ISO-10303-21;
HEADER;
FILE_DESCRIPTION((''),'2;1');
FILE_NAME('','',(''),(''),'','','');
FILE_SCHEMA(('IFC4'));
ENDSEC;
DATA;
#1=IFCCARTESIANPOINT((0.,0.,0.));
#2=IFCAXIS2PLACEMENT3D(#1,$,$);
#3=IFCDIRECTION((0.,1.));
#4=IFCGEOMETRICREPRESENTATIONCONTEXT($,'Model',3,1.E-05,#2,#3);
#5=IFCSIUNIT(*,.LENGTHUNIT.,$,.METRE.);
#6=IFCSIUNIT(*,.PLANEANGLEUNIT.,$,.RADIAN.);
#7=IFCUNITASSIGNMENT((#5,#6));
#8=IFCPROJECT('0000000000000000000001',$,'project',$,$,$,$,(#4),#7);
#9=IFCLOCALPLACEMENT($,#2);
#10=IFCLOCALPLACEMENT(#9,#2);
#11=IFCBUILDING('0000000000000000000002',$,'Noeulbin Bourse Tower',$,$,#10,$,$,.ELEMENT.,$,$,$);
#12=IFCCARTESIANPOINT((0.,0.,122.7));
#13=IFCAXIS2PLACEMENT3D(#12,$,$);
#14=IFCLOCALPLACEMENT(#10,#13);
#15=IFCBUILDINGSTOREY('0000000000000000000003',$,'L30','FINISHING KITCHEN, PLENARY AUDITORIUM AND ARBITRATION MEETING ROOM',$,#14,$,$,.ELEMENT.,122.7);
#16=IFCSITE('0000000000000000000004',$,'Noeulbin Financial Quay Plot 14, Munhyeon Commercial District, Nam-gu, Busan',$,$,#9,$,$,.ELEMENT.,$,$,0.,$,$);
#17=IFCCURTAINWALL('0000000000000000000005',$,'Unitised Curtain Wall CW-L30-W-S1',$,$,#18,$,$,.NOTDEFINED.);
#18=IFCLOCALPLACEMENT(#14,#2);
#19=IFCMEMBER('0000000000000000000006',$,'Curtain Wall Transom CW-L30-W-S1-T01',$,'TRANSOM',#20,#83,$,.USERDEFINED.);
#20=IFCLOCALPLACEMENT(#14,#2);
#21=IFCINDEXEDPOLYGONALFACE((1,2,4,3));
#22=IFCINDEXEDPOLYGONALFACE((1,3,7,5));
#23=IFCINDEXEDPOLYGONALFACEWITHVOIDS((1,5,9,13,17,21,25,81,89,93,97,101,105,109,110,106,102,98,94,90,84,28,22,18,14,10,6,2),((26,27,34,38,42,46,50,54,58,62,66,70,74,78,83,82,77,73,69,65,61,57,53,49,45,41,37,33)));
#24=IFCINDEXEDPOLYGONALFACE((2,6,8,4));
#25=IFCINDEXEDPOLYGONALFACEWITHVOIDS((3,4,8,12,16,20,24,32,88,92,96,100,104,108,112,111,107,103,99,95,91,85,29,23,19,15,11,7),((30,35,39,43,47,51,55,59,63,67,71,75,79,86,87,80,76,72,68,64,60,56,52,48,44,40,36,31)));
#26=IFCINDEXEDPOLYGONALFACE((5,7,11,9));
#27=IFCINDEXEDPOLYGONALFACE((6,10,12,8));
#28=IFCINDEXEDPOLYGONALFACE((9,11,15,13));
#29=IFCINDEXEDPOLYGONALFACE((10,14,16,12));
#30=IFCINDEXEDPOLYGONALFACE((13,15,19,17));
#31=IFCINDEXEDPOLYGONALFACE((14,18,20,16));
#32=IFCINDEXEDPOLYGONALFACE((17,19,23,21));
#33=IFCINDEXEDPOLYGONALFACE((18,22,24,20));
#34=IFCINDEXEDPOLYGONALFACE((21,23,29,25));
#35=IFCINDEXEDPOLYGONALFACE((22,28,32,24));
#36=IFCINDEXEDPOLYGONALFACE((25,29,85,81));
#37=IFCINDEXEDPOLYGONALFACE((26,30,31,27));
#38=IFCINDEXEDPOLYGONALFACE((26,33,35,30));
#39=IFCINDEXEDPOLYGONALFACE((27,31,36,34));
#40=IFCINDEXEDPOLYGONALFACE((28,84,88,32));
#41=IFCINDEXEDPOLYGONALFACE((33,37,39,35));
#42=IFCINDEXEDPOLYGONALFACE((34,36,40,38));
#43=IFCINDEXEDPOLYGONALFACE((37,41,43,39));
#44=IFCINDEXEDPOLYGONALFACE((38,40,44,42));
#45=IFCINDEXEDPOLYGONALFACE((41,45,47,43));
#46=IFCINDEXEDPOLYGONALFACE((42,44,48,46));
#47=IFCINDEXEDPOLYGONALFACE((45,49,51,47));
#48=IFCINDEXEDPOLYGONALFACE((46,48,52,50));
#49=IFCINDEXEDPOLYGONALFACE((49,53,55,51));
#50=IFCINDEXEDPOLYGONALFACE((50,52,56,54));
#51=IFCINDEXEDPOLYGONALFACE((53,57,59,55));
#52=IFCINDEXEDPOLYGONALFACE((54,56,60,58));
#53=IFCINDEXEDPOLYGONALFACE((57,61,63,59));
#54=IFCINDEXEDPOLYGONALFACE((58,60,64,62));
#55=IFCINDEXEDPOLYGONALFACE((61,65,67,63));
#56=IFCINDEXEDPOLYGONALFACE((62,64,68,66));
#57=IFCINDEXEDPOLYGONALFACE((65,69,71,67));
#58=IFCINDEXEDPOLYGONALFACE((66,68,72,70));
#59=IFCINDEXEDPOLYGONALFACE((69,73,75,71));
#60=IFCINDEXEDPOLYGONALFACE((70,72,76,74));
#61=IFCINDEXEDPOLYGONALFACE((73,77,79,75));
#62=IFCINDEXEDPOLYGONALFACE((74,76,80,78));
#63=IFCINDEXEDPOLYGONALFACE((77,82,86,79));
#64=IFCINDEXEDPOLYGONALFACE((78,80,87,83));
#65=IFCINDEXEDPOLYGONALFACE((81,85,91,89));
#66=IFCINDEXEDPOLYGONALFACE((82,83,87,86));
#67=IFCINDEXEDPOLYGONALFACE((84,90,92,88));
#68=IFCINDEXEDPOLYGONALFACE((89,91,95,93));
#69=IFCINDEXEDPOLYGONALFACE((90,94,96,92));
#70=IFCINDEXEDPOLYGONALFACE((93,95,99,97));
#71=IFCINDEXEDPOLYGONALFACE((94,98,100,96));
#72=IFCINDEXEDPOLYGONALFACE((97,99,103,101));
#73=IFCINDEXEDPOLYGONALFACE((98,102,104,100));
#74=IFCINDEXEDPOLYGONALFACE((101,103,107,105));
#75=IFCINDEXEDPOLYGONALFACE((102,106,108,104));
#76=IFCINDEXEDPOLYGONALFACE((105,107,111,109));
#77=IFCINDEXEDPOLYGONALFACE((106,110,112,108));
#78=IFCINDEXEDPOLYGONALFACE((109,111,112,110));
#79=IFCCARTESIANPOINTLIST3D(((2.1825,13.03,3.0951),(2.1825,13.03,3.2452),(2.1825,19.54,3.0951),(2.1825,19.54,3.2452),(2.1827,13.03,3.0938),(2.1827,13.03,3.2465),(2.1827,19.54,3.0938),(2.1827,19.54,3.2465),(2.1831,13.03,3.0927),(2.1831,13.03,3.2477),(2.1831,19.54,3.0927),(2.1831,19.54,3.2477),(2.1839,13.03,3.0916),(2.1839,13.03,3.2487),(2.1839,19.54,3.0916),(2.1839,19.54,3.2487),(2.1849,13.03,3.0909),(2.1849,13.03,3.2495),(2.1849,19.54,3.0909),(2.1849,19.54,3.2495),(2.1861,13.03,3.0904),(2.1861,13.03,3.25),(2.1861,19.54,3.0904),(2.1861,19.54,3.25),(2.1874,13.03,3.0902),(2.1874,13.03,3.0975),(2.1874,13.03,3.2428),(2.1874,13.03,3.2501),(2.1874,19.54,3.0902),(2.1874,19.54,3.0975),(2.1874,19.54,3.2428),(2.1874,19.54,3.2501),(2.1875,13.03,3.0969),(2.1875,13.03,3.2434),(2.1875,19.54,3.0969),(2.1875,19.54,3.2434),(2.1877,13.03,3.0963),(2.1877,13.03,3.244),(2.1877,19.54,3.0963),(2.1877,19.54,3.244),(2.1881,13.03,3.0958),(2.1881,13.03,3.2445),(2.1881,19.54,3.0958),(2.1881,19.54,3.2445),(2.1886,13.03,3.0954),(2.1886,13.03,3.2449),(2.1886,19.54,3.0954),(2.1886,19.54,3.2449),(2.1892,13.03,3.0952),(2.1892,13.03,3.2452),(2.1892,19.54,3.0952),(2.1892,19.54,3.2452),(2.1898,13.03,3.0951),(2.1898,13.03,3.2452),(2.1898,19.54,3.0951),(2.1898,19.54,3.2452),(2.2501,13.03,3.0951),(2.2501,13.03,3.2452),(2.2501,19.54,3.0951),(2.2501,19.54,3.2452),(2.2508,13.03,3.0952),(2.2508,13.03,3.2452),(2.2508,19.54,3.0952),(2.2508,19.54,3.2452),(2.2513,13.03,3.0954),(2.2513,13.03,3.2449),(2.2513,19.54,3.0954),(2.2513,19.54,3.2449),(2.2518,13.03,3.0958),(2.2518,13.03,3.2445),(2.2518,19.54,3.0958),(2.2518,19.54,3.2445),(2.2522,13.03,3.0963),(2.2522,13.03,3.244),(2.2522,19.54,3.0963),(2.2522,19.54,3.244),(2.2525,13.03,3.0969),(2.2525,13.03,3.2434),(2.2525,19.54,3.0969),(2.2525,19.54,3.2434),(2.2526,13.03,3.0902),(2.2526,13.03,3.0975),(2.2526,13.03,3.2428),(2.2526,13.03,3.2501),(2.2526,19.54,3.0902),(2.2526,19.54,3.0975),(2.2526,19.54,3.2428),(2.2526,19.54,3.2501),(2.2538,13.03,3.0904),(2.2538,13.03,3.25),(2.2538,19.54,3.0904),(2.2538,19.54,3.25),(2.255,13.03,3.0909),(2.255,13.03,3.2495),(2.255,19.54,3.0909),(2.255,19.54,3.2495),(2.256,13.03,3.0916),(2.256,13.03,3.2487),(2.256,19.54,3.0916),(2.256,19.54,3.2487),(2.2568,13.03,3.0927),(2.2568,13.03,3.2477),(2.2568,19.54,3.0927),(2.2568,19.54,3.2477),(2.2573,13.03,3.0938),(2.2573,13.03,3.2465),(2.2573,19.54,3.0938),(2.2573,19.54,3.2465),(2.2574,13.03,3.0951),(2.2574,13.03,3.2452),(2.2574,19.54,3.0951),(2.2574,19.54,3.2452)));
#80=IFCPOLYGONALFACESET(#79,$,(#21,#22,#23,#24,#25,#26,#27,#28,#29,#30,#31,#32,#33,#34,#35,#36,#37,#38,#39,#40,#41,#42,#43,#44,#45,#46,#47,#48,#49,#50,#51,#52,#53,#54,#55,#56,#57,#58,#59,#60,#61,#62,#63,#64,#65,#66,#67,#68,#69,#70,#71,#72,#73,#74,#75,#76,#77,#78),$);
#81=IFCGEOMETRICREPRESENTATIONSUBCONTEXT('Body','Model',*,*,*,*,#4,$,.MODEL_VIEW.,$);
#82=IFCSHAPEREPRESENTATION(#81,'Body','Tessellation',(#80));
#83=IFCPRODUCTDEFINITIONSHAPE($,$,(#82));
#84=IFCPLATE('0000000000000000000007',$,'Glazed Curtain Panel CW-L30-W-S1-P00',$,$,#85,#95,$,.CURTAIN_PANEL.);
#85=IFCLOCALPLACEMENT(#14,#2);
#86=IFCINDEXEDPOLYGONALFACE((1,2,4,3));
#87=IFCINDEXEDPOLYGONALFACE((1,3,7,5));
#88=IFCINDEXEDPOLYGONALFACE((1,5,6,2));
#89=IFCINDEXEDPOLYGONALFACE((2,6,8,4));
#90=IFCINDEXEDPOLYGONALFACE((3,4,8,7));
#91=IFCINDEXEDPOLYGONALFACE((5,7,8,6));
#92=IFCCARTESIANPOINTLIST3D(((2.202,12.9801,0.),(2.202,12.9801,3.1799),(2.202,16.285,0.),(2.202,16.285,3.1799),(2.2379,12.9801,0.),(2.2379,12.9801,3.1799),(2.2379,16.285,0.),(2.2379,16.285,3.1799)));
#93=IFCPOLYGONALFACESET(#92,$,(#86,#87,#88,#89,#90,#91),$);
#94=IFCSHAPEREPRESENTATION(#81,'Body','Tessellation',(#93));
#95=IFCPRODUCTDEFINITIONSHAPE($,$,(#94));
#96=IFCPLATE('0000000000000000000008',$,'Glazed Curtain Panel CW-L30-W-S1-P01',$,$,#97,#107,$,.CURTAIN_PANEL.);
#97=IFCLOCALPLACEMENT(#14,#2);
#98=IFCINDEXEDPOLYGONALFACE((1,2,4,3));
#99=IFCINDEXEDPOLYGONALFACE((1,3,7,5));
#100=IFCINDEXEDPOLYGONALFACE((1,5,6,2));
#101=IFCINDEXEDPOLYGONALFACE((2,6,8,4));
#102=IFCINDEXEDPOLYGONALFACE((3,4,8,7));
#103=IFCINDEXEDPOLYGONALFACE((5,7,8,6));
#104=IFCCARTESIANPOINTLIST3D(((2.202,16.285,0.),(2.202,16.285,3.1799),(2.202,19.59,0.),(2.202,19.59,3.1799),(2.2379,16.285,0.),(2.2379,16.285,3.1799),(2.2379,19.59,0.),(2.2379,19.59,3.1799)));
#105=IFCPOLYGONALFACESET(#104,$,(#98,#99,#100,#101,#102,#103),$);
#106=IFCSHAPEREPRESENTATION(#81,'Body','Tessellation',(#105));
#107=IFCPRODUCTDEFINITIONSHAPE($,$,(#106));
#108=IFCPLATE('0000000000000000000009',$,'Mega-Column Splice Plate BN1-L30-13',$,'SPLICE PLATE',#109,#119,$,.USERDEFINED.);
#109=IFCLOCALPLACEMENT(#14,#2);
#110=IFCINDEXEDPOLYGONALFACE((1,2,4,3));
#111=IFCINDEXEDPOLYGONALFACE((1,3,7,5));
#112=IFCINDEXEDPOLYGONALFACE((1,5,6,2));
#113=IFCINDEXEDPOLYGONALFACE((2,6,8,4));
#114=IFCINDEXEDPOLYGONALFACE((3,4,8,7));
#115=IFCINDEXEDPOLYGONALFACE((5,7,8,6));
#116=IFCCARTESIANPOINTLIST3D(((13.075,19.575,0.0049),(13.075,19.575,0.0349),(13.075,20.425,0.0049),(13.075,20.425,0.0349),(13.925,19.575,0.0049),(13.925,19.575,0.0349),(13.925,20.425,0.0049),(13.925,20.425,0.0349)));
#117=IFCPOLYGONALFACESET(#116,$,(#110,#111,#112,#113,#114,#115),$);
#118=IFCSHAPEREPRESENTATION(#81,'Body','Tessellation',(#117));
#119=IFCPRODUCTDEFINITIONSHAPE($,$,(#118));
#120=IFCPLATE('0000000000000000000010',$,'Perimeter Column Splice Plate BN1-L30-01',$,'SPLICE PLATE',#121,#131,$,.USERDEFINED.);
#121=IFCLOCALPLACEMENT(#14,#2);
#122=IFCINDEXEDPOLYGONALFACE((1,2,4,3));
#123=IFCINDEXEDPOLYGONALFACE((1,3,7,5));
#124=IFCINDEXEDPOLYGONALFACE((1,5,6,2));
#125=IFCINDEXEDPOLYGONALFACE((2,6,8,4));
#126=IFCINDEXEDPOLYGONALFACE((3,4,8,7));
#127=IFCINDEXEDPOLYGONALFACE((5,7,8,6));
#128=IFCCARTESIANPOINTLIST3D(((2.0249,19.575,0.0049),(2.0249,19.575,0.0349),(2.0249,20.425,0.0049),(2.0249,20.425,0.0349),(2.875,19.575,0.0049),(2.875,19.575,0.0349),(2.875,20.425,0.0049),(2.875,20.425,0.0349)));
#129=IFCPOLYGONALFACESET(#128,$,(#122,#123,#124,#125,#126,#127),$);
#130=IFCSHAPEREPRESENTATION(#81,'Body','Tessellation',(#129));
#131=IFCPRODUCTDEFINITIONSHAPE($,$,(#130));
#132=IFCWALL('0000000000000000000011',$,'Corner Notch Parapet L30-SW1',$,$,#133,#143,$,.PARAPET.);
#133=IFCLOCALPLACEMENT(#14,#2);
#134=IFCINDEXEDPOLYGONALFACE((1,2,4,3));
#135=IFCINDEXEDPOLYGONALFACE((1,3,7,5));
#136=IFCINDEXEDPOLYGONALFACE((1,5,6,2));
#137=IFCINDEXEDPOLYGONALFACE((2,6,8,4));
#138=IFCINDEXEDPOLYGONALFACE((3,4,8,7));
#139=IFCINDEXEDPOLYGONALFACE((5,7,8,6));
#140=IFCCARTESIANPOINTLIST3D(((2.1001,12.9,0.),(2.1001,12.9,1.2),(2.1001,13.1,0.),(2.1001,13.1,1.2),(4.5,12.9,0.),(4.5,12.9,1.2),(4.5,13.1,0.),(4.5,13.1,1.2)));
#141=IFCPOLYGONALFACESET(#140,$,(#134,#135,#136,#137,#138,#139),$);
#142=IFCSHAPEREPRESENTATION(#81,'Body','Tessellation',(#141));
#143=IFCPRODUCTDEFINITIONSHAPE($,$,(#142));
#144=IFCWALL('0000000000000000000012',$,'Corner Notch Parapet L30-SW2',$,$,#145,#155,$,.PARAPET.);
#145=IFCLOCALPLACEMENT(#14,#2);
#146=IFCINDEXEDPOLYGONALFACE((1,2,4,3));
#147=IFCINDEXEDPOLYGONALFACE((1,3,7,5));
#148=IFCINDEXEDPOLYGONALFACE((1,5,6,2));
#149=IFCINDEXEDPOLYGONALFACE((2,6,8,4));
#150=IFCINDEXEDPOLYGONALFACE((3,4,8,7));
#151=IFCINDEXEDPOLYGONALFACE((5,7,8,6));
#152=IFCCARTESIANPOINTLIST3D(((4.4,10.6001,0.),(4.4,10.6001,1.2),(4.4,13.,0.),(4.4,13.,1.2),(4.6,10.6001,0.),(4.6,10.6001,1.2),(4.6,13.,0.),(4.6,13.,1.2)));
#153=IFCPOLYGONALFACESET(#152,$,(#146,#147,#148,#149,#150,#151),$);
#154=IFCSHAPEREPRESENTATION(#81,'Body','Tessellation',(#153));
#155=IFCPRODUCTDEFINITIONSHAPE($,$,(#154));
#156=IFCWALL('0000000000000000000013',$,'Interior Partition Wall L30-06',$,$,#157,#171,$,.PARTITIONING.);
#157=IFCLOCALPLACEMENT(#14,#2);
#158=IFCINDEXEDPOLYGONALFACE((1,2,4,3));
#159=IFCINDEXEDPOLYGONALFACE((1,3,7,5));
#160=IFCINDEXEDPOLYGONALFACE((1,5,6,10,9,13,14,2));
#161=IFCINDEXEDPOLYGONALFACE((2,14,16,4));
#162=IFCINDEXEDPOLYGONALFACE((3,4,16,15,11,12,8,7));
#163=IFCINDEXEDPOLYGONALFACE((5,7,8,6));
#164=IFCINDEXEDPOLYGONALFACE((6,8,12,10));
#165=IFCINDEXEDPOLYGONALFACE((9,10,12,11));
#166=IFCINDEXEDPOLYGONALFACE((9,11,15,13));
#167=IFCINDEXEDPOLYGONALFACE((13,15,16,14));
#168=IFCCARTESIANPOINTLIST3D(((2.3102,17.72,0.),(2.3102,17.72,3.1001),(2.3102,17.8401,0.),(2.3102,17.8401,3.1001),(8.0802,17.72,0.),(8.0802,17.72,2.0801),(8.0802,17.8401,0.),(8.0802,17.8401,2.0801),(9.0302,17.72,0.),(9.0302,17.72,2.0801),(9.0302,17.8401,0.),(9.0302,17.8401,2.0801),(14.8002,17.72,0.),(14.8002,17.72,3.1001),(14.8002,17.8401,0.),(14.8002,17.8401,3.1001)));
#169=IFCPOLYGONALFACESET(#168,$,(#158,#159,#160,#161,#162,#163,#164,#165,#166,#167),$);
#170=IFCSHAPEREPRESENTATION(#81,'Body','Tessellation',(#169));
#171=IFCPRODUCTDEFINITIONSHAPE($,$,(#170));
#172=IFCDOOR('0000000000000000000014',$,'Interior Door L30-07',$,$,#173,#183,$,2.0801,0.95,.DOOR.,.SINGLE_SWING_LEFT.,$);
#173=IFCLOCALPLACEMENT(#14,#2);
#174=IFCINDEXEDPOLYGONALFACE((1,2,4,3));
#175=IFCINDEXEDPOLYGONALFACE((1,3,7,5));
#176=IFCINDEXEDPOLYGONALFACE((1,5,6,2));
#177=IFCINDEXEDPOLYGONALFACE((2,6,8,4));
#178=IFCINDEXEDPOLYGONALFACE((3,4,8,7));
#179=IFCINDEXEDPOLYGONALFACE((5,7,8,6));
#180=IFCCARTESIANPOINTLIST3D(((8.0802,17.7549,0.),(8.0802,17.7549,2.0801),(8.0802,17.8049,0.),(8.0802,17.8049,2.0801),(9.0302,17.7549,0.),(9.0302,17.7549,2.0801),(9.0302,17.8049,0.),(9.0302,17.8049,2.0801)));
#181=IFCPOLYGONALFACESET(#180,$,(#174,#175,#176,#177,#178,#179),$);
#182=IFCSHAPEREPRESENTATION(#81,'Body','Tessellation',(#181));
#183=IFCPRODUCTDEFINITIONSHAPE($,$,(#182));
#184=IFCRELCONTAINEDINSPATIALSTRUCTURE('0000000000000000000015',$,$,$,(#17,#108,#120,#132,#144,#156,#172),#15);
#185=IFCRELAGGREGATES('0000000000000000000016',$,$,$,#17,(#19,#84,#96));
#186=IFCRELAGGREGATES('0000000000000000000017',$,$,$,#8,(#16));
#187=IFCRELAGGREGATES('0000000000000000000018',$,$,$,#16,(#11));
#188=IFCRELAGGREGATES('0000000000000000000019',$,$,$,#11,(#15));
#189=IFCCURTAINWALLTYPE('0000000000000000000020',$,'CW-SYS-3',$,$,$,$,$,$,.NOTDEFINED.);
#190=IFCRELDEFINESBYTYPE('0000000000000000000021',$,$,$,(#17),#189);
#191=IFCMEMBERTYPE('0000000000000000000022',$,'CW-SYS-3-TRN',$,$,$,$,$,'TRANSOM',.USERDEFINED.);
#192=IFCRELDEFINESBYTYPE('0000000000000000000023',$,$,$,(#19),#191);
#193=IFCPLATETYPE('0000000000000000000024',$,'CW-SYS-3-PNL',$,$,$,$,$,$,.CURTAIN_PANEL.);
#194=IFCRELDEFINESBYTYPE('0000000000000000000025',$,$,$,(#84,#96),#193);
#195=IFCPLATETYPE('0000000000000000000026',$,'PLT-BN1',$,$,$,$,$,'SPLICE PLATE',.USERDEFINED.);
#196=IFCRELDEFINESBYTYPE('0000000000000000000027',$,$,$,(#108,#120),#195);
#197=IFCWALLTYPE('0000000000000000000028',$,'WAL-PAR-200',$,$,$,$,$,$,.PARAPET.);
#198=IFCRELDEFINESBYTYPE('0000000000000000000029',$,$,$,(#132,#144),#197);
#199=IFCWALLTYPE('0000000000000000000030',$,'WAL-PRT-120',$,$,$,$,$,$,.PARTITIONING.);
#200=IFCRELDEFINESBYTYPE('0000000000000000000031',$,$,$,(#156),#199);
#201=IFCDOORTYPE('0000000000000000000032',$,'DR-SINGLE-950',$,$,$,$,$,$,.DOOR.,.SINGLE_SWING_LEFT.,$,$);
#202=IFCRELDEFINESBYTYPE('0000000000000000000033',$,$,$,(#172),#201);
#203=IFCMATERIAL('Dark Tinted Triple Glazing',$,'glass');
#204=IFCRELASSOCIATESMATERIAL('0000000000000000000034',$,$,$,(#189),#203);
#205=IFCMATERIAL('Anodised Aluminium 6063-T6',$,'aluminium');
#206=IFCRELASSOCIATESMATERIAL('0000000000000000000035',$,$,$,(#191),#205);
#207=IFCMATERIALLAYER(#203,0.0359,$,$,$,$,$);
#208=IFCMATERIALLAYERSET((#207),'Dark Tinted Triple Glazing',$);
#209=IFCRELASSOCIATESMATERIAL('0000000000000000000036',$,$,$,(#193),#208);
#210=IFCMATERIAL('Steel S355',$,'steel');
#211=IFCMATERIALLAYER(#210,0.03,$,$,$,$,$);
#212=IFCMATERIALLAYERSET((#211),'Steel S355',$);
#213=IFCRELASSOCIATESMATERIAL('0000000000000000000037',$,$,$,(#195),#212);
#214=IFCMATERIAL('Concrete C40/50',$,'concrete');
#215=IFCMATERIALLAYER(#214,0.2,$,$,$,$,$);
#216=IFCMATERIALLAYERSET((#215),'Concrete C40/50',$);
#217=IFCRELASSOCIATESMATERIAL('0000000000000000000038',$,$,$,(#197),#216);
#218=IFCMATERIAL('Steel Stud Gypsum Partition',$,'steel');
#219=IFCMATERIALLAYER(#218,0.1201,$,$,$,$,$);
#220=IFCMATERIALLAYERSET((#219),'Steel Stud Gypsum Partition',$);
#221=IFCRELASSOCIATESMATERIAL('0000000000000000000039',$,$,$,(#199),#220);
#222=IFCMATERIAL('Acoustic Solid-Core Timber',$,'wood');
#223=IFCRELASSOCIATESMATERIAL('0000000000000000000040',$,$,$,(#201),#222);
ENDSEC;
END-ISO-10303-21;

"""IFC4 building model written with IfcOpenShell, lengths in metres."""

from ifc_helpers import new_model, si_unit, direction, frame, frame_2d, origin, origin_2d, place, context, subcontext, project, spatial, rectangle, hollow_rectangle, extrude, material, layer, layer_set, material_profile, profile_set, type_object, element, fill, aggregate, save


model = new_model("IFC4")

# Units and contexts
model_context = context("Model", 3, precision=1e-05, world=origin(), true_north=direction((0.0, 1.0)))
body_context = subcontext(model_context, "Body", "Model", "MODEL_VIEW")
ifc_project = project(units=[si_unit("LENGTHUNIT", "METRE"), si_unit("PLANEANGLEUNIT", "RADIAN")], contexts=[model_context])

# Site, building, storey
site_placement = place(None, origin())
site = spatial("IfcSite", under=ifc_project, at=site_placement, Name="Noeulbin Financial Quay Plot 14, Munhyeon Commercial District, Nam-gu, Busan", CompositionType="ELEMENT", RefElevation=0.0)
building_placement = place(site_placement, origin())
building = spatial("IfcBuilding", under=site, at=building_placement, Name="Noeulbin Bourse Tower", CompositionType="ELEMENT")
storey_placement = place(building_placement, frame((0.0, 0.0, 122.7)))
storey = spatial("IfcBuildingStorey", under=building, at=storey_placement, Name="L30", Description="FINISHING KITCHEN, PLENARY AUDITORIUM AND ARBITRATION MEETING ROOM", CompositionType="ELEMENT", Elevation=122.7)

# Shared definitions
ifc_material_1 = material(Name="Steel S355", Category="steel")

# Curtain wall, member, plates
ifc_material_2 = material(Name="Dark Tinted Triple Glazing", Category="glass")
curtain_wall_type = type_object("IfcCurtainWallType", Name="CW-SYS-3", PredefinedType="NOTDEFINED", material=ifc_material_2)
curtain_wall_placement = place(storey_placement, origin())
curtain_wall = element("IfcCurtainWall", 1, at=curtain_wall_placement, inside=storey, type_object=curtain_wall_type, Name="Unitised Curtain Wall CW-L30-W-S1", PredefinedType="NOTDEFINED")
ifc_material_3 = material(Name="Anodised Aluminium 6063-T6", Category="aluminium")
ifc_material_profile_1 = material_profile(ifc_material_3, hollow_rectangle(XDim=0.075, YDim=0.1599, WallThickness=0.0049, InnerFilletRadius=0.0024, OuterFilletRadius=0.0049, at=origin_2d()), Name="ALU-TRAN-75x160x5", Category="LoadBearing")
ifc_profile_set_1 = profile_set([ifc_material_profile_1], Name="Anodised Aluminium 6063-T6")
member_type_1 = type_object("IfcMemberType", Name="CW-SYS-3-TRN", ElementType="TRANSOM", PredefinedType="USERDEFINED", material=ifc_profile_set_1)
member_1_placement = place(storey_placement, frame((2.22, 13.03, 3.1702), z_axis=(0.0, 1.0, 0.0), x_axis=(-1.0, 0.0, 0.0)))
member_1 = element("IfcMember", 2, at=member_1_placement, type_object=member_type_1, Name="Curtain Wall Transom CW-L30-W-S1-T01", ObjectType="TRANSOM", PredefinedType="USERDEFINED", context=body_context, shape_type="SweptSolid", body=[
    extrude(hollow_rectangle(XDim=0.075, YDim=0.1599, WallThickness=0.0049, InnerFilletRadius=0.0024, OuterFilletRadius=0.0049, at=origin_2d()), origin(), (0.0, 0.0, 1.0), 6.51),
])
ifc_layer_1 = layer(ifc_material_2, 0.0359)
ifc_layer_set_1 = layer_set([ifc_layer_1], Name="Dark Tinted Triple Glazing")
plate_type_1 = type_object("IfcPlateType", Name="CW-SYS-3-PNL", PredefinedType="CURTAIN_PANEL", material=ifc_layer_set_1)
plate_1_placement = place(storey_placement, frame((2.22, 14.6326, 0.0), z_axis=(0.0, 0.0, 1.0), x_axis=(0.0, 1.0, 0.0)))
plate_1 = element("IfcPlate", 3, at=plate_1_placement, type_object=plate_type_1, Name="Glazed Curtain Panel CW-L30-W-S1-P00", PredefinedType="CURTAIN_PANEL", context=body_context, shape_type="SweptSolid", body=[
    extrude(rectangle(XDim=3.3049, YDim=0.0359, at=origin_2d()), origin(), (0.0, 0.0, 1.0), 3.1799),
])
plate_2_placement = place(storey_placement, frame((2.22, 17.9375, 0.0), z_axis=(0.0, 0.0, 1.0), x_axis=(0.0, 1.0, 0.0)))
plate_2 = element("IfcPlate", 4, at=plate_2_placement, type_object=plate_type_1, Name="Glazed Curtain Panel CW-L30-W-S1-P01", PredefinedType="CURTAIN_PANEL", context=body_context, shape_type="SweptSolid", body=[
    extrude(rectangle(XDim=3.3049, YDim=0.0359, at=origin_2d()), origin(), (0.0, 0.0, 1.0), 3.1799),
])
aggregate(curtain_wall, [member_1, plate_1, plate_2])

# Plates
ifc_layer_2 = layer(ifc_material_1, 0.03)
ifc_layer_set_2 = layer_set([ifc_layer_2], Name="Steel S355")
plate_type_2 = type_object("IfcPlateType", Name="PLT-BN1", ElementType="SPLICE PLATE", PredefinedType="USERDEFINED", material=ifc_layer_set_2)
for number, where, z_axis, x_axis, name in (
    (5, (13.5, 20.0, 0.0049), (0.0, 0.0, 1.0), (1.0, 0.0, 0.0), "Mega-Column Splice Plate BN1-L30-13"),
    (6, (2.45, 20.0, 0.0049), (0.0, 0.0, 1.0), (1.0, 0.0, 0.0), "Perimeter Column Splice Plate BN1-L30-01"),
):
    element("IfcPlate", number, at=place(storey_placement, frame(where, z_axis=z_axis, x_axis=x_axis)), inside=storey, type_object=plate_type_2, Name=name, ObjectType="SPLICE PLATE", PredefinedType="USERDEFINED", context=body_context, shape_type="SweptSolid", body=[
        extrude(rectangle(XDim=0.8501, YDim=0.8501, at=origin_2d()), origin(), (0.0, 0.0, 1.0), 0.03),
    ])

# Walls
ifc_material_4 = material(Name="Concrete C40/50", Category="concrete")
ifc_layer_3 = layer(ifc_material_4, 0.2)
ifc_layer_set_3 = layer_set([ifc_layer_3], Name="Concrete C40/50")
wall_type_1 = type_object("IfcWallType", Name="WAL-PAR-200", PredefinedType="PARAPET", material=ifc_layer_set_3)
for number, where, z_axis, x_axis, name in (
    (7, (2.1001, 13.0, 0.0), (0.0, 0.0, 1.0), (1.0, 0.0, 0.0), "Corner Notch Parapet L30-SW1"),
    (8, (4.5, 13.0, 0.0), (0.0, 0.0, 1.0), (0.0, -1.0, 0.0), "Corner Notch Parapet L30-SW2"),
):
    element("IfcWall", number, at=place(storey_placement, frame(where, z_axis=z_axis, x_axis=x_axis)), inside=storey, type_object=wall_type_1, Name=name, PredefinedType="PARAPET", context=body_context, shape_type="SweptSolid", body=[
        extrude(rectangle(XDim=2.3999, YDim=0.2, at=frame_2d((1.2, 0.0))), origin(), (0.0, 0.0, 1.0), 1.2),
    ])

# Wall, opening, door
ifc_material_5 = material(Name="Steel Stud Gypsum Partition", Category="steel")
ifc_layer_4 = layer(ifc_material_5, 0.1201)
ifc_layer_set_4 = layer_set([ifc_layer_4], Name="Steel Stud Gypsum Partition")
wall_type_2 = type_object("IfcWallType", Name="WAL-PRT-120", PredefinedType="PARTITIONING", material=ifc_layer_set_4)
wall_placement = place(storey_placement, frame((2.3101, 17.78, 0.0), z_axis=(0.0, 0.0, 1.0), x_axis=(1.0, 0.0, 0.0)))
wall = element("IfcWall", 9, at=wall_placement, inside=storey, type_object=wall_type_2, Name="Interior Partition Wall L30-06", PredefinedType="PARTITIONING", context=body_context, shape_type="SweptSolid", body=[
    extrude(rectangle(XDim=12.49, YDim=0.1201, at=frame_2d((6.2451, 0.0))), origin(), (0.0, 0.0, 1.0), 3.1001),
])
opening_placement = place(wall_placement, frame((5.77, 0.0, 0.0)))
opening = element("IfcOpeningElement", 10, at=opening_placement, cuts=wall, PredefinedType="OPENING", context=body_context, shape_type="SweptSolid", body=[
    extrude(rectangle(XDim=0.95, YDim=2.0801, at=frame_2d((0.4751, 1.04))), frame((0.0, 0.0701, 0.0), z_axis=(0.0, -1.0, 0.0), x_axis=(1.0, 0.0, 0.0)), (0.0, 0.0, 1.0), 0.1401),
])
ifc_material_6 = material(Name="Acoustic Solid-Core Timber", Category="wood")
door_type = type_object("IfcDoorType", Name="DR-SINGLE-950", OperationType="SINGLE_SWING_LEFT", PredefinedType="DOOR", material=ifc_material_6)
door_placement = place(opening_placement, origin())
door = element("IfcDoor", 11, at=door_placement, inside=storey, type_object=door_type, Name="Interior Door L30-07", OperationType="SINGLE_SWING_LEFT", OverallHeight=2.0801, OverallWidth=0.95, PredefinedType="DOOR", context=body_context, shape_type="SweptSolid", body=[
    extrude(rectangle(XDim=0.95, YDim=2.0801, at=frame_2d((0.4751, 1.04))), frame((0.0, 0.0249, 0.0), z_axis=(0.0, -1.0, 0.0), x_axis=(1.0, 0.0, 0.0)), (0.0, 0.0, 1.0), 0.05),
])
fill(opening, door)

save(model, "model.ifc")
